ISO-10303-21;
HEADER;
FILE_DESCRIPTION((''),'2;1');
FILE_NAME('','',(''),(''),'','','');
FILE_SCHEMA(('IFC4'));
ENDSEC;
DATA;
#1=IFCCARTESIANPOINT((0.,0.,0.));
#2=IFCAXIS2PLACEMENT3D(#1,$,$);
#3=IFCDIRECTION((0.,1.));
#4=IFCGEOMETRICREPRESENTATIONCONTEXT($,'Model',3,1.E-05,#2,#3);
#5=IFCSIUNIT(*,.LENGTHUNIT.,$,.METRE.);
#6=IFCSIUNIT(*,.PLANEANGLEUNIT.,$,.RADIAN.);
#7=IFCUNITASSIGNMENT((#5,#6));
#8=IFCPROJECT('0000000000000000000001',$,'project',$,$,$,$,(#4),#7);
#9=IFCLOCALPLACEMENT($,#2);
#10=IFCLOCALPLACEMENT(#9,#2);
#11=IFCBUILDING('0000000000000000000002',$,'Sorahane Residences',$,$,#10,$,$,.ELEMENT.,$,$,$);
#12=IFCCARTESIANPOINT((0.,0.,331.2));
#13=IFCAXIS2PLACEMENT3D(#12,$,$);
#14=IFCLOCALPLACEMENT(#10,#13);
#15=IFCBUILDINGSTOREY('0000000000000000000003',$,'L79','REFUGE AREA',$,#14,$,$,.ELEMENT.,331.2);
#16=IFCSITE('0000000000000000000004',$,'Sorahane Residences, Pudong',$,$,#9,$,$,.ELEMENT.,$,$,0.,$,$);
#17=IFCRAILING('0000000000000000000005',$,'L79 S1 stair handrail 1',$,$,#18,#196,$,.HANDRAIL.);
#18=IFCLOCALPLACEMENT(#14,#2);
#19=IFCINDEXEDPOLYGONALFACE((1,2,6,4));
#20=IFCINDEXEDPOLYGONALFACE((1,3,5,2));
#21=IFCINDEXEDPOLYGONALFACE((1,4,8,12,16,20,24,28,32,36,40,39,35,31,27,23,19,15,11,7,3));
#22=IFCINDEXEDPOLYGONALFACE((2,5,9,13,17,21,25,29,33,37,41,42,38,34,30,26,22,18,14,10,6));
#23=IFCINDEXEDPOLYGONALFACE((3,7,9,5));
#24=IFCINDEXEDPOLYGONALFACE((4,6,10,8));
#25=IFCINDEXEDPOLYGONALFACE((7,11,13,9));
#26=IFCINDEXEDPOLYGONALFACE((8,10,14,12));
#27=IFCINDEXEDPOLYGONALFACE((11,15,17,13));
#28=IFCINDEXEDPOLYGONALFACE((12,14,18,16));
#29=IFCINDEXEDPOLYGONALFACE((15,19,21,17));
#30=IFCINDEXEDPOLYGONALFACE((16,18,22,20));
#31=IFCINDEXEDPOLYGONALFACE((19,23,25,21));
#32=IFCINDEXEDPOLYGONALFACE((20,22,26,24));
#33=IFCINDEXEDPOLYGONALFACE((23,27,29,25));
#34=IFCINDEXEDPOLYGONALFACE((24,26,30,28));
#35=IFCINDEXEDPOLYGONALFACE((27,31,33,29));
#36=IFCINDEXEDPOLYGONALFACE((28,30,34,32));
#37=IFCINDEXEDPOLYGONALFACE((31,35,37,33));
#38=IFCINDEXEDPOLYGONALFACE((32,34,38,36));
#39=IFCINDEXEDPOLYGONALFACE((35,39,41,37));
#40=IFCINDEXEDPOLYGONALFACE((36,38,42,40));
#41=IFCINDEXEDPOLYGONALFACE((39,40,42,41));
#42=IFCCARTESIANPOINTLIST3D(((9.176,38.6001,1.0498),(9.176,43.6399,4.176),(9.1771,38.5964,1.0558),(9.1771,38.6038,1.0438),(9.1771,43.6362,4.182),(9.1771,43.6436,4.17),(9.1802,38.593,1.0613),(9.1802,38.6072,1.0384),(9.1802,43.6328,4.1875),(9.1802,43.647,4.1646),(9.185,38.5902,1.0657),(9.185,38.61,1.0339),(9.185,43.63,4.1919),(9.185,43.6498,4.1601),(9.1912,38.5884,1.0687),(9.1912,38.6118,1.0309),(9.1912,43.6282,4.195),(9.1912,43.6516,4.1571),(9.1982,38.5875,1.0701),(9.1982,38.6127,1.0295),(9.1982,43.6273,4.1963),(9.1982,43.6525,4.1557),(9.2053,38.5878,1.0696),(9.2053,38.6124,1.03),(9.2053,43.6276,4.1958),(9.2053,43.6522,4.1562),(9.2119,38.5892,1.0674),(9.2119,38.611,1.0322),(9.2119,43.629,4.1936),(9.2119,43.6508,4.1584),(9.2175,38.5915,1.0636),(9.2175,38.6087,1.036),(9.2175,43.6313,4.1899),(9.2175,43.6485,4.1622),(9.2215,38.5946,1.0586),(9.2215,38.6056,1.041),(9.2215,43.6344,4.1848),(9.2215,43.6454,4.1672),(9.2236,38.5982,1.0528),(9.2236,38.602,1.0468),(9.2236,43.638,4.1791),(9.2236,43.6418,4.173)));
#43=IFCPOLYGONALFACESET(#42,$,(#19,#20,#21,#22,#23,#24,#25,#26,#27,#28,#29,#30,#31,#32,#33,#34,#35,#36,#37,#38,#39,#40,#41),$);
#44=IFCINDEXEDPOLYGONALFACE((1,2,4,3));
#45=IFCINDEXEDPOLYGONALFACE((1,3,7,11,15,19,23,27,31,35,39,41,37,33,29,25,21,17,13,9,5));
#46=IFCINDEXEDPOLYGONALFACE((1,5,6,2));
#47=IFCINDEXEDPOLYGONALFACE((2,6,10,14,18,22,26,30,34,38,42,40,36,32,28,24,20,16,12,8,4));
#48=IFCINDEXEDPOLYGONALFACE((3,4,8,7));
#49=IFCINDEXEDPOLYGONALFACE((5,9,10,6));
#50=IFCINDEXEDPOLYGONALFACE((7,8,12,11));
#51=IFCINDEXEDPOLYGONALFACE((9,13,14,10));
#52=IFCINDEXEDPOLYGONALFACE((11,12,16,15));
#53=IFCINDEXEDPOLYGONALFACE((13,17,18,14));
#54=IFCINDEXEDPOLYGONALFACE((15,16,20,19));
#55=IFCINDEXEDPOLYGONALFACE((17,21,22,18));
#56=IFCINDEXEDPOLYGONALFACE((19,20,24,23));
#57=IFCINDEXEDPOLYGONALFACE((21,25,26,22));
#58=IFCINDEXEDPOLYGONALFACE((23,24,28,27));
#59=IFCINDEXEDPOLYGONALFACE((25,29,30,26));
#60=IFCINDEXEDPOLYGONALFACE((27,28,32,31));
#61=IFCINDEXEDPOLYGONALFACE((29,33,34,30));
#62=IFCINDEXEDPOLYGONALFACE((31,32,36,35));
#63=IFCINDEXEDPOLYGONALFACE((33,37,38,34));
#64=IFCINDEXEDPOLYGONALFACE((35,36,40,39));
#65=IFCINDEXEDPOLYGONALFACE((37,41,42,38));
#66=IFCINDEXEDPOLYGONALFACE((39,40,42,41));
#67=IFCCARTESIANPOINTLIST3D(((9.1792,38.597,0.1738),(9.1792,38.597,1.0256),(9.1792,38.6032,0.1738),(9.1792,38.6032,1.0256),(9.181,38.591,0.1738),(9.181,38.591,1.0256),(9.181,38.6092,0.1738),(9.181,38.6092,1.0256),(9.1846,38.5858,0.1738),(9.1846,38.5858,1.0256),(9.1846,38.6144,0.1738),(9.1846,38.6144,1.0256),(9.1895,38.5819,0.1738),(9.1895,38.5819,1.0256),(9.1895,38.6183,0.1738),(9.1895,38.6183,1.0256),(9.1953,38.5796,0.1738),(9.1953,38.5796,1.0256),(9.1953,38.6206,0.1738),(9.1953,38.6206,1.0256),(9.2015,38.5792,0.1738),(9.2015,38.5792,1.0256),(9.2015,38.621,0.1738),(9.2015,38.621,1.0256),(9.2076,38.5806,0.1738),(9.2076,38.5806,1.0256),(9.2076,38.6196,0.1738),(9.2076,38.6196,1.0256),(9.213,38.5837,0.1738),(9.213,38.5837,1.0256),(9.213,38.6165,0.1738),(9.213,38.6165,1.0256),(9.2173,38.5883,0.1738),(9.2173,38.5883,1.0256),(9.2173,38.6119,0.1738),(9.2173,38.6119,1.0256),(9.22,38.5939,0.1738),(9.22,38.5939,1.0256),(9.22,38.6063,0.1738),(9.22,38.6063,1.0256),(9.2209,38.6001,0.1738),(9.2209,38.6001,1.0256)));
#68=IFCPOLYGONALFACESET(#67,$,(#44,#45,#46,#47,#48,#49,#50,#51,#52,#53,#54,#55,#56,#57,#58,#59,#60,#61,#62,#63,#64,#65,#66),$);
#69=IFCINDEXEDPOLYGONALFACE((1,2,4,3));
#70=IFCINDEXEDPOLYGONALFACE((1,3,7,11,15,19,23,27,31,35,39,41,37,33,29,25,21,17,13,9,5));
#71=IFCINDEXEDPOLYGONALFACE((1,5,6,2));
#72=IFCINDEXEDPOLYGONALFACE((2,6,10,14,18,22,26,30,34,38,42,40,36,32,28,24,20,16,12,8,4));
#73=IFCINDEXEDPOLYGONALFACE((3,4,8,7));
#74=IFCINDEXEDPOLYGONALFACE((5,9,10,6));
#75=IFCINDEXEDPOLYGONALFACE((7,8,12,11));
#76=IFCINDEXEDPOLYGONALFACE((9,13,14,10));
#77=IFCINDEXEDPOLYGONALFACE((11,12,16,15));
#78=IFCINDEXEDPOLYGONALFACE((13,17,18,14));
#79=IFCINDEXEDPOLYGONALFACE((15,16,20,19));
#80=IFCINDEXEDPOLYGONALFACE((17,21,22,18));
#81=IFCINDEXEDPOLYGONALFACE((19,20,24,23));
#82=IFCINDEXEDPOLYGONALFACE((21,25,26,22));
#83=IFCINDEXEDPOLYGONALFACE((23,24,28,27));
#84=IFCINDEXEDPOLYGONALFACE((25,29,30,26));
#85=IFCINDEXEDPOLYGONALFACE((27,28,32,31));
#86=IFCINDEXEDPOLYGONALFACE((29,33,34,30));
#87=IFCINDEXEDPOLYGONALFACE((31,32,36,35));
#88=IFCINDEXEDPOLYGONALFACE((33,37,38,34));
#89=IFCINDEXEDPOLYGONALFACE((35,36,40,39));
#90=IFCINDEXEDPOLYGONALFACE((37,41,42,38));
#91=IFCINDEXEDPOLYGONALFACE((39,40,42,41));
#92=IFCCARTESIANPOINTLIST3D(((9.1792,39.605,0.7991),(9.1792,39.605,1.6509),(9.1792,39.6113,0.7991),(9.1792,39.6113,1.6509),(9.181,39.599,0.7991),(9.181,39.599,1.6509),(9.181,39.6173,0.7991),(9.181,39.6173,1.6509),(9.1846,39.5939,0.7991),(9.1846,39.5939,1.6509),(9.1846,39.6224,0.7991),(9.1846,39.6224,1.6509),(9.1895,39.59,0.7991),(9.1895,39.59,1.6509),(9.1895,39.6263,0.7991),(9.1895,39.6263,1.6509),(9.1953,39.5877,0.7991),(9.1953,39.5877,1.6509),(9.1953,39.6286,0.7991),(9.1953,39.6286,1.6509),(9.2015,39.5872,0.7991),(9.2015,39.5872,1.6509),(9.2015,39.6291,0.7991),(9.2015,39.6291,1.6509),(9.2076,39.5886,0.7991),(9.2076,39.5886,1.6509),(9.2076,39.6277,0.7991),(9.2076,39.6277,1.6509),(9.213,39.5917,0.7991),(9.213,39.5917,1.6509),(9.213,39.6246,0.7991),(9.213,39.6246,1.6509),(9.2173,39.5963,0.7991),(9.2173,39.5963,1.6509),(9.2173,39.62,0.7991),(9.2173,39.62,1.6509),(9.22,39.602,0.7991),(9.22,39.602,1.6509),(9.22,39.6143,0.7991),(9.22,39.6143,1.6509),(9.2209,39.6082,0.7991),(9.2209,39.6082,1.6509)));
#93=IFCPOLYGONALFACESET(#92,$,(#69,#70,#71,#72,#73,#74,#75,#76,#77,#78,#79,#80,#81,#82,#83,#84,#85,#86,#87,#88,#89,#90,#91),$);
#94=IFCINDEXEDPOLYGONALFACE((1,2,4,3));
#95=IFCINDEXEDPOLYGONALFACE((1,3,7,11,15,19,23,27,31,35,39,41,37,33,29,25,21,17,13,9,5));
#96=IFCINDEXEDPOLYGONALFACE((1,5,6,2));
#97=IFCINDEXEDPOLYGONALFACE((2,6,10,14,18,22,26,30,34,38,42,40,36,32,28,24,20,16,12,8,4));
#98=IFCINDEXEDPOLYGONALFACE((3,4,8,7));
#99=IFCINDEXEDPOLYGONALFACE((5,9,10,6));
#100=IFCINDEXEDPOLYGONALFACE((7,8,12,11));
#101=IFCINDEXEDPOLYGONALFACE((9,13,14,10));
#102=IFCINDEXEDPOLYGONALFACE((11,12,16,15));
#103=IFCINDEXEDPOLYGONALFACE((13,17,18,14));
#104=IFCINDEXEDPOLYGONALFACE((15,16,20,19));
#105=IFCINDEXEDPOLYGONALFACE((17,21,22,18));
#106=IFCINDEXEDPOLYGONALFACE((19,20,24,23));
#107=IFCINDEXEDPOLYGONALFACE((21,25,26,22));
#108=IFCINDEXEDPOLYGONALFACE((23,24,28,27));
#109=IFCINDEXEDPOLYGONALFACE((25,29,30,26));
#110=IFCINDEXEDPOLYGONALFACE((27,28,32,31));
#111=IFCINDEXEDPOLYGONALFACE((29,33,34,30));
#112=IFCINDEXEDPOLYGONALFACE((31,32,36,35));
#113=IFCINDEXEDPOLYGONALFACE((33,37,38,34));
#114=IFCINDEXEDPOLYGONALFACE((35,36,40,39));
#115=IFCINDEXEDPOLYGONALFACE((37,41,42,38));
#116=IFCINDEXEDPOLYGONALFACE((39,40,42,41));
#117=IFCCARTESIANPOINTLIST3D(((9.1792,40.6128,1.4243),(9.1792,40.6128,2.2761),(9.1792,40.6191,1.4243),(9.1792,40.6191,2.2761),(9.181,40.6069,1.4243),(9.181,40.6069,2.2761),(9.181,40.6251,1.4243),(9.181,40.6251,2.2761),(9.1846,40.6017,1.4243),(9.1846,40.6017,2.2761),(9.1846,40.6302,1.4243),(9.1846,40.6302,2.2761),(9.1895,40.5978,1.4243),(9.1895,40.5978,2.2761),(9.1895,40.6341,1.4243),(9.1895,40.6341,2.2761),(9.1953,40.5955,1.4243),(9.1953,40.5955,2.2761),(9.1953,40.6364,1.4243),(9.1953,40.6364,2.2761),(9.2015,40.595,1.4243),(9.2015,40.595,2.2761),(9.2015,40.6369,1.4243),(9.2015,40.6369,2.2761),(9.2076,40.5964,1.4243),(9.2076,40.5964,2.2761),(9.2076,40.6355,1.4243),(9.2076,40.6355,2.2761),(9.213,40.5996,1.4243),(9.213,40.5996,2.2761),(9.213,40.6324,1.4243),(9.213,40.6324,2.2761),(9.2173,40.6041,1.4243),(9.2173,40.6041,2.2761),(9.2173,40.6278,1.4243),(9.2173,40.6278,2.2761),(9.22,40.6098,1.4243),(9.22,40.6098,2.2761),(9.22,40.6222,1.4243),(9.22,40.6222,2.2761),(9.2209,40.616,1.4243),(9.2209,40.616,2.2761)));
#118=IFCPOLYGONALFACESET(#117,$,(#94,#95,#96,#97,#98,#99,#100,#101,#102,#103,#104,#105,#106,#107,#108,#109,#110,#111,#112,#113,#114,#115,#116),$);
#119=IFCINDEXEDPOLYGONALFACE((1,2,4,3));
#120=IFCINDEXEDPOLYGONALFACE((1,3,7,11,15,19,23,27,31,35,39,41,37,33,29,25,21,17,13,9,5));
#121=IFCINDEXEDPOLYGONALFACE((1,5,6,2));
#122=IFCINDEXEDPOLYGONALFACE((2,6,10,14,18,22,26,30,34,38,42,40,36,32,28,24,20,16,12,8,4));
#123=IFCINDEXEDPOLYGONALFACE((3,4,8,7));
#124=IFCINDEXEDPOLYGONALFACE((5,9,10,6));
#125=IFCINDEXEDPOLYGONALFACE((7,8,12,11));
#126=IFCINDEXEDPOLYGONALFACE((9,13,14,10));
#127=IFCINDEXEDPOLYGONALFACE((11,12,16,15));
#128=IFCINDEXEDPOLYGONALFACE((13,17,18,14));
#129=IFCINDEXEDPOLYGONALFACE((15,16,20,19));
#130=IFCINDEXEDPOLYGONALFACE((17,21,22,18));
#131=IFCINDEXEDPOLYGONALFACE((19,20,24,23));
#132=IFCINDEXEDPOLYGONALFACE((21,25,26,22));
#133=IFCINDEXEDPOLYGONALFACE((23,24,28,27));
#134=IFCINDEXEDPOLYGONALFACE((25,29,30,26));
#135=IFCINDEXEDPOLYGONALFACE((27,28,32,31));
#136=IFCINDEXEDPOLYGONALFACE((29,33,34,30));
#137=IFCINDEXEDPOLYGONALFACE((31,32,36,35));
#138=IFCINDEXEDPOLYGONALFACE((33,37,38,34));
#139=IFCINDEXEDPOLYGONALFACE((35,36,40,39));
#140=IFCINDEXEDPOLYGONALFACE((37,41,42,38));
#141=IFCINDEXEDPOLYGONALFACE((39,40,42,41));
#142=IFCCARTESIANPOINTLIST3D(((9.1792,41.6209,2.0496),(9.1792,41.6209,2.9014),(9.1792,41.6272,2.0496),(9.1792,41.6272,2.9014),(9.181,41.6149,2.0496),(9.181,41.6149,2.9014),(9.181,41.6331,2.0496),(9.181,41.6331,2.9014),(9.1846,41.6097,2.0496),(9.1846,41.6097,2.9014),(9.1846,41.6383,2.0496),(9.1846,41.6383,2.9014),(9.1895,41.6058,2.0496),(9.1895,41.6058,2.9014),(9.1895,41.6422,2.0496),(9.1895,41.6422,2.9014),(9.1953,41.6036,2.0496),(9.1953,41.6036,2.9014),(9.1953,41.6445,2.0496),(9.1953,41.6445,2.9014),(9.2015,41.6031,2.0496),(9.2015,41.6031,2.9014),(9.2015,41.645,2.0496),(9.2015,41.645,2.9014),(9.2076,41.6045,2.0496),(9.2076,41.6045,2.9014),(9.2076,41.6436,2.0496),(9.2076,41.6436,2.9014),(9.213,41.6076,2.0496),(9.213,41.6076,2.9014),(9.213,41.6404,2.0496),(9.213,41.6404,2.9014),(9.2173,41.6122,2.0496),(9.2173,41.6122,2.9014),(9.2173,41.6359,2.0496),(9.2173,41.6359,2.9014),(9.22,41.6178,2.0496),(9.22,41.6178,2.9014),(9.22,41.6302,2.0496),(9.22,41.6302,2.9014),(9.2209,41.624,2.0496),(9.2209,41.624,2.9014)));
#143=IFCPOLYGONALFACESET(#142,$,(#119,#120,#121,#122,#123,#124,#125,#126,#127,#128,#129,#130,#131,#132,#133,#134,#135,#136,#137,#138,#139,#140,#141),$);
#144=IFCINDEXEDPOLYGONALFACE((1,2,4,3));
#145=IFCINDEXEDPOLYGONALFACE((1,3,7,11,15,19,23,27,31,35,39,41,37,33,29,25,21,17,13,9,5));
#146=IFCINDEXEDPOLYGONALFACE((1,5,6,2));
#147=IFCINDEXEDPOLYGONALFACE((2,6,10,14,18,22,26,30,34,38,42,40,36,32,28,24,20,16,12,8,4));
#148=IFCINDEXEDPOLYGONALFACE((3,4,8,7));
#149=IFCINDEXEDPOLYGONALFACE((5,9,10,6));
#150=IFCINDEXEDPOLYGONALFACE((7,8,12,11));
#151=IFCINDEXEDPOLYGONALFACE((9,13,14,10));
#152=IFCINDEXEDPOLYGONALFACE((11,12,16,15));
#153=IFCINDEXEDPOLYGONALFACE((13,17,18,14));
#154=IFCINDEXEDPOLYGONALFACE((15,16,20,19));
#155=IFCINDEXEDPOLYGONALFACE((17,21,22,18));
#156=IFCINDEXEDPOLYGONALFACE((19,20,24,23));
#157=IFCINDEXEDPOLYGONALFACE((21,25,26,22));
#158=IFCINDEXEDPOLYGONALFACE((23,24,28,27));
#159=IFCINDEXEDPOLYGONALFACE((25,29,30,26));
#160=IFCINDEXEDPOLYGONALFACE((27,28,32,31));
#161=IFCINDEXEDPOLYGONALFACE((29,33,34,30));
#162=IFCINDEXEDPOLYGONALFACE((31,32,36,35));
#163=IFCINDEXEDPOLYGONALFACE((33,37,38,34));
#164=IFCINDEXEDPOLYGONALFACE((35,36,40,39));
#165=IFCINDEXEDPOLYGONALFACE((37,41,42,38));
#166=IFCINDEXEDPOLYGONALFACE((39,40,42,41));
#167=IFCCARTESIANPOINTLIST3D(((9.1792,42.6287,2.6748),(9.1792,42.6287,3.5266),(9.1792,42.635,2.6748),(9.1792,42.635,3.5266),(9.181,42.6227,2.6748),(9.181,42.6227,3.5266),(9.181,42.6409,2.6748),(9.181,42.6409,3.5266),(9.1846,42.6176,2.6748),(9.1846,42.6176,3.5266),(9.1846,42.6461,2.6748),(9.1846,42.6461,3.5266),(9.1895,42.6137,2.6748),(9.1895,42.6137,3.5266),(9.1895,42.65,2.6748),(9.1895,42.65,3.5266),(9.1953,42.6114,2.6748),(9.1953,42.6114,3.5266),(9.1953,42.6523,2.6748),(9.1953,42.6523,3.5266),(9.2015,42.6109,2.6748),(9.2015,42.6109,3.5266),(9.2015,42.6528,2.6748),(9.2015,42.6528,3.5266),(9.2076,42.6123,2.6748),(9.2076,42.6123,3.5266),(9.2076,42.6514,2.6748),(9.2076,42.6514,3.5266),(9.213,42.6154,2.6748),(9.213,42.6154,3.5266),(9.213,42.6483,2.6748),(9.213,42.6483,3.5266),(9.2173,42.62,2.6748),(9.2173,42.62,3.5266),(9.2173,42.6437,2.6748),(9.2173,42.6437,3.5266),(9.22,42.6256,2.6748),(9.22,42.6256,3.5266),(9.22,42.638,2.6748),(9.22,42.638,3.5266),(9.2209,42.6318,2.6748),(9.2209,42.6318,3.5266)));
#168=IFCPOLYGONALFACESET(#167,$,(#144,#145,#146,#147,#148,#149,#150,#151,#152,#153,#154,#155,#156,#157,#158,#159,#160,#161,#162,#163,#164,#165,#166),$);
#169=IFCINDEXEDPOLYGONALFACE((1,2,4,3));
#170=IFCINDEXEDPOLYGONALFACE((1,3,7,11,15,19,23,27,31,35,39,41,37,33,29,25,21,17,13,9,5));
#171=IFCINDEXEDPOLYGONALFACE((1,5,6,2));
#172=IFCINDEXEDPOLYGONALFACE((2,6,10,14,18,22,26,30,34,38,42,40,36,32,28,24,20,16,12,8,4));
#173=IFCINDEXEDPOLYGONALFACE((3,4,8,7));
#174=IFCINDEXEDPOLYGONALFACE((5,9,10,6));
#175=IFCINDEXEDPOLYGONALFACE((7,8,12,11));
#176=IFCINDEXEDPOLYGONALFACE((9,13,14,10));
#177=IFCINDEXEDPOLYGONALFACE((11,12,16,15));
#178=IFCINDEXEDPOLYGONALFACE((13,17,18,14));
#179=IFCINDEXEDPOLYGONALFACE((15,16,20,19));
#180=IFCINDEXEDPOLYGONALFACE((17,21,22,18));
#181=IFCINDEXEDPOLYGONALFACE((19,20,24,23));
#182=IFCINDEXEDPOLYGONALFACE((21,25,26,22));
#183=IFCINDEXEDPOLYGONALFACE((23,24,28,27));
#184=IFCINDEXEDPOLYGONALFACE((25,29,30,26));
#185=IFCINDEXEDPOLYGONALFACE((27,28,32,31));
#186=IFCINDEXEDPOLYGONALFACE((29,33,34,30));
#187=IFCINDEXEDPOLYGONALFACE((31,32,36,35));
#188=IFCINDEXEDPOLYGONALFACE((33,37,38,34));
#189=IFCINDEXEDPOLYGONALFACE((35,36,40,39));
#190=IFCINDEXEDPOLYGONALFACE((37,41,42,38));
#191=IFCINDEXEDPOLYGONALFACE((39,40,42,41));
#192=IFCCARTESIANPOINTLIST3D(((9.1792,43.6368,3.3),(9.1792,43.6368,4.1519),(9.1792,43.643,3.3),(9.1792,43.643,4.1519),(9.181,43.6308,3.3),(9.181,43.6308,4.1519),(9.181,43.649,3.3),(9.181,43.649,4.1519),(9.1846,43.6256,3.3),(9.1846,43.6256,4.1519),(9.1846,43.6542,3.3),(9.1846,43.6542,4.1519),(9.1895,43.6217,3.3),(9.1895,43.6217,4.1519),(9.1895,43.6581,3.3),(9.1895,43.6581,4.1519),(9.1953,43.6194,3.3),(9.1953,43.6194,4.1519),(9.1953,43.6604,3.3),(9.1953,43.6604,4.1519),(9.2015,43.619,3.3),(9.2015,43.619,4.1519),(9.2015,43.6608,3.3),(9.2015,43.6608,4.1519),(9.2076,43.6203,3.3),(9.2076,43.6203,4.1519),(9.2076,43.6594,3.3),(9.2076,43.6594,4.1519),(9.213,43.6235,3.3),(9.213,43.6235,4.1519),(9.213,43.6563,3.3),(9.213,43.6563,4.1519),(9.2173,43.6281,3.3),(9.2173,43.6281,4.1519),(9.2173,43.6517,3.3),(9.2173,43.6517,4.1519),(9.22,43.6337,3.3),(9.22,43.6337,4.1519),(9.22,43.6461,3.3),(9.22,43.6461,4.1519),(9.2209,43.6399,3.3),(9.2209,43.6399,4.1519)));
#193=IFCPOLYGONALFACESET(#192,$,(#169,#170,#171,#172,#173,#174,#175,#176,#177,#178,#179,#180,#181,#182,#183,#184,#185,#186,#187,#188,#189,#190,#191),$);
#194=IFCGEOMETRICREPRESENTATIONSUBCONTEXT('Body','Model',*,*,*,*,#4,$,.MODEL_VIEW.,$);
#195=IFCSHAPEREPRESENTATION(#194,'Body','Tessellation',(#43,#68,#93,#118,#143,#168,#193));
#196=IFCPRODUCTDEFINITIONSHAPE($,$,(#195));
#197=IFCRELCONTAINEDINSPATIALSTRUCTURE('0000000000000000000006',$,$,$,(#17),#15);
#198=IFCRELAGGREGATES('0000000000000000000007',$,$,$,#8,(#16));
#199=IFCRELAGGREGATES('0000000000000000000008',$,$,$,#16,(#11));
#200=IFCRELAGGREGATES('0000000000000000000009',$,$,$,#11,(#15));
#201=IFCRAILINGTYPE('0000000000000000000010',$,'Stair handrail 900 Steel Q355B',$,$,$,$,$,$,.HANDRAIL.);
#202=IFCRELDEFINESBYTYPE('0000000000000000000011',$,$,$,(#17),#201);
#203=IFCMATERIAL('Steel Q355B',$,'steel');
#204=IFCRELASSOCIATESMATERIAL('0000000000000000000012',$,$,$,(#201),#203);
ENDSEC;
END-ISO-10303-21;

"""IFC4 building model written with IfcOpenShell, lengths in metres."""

from ifc_helpers import new_model, si_unit, direction, frame, origin, origin_2d, place, context, subcontext, project, spatial, circle, extrude, material, type_object, element, save


model = new_model("IFC4")

# Units and contexts
model_context = context("Model", 3, precision=1e-05, world=origin(), true_north=direction((0.0, 1.0)))
body_context = subcontext(model_context, "Body", "Model", "MODEL_VIEW")
ifc_project = project(units=[si_unit("LENGTHUNIT", "METRE"), si_unit("PLANEANGLEUNIT", "RADIAN")], contexts=[model_context])

# Site, building, storey
site_placement = place(None, origin())
site = spatial("IfcSite", under=ifc_project, at=site_placement, Name="Sorahane Residences, Pudong", CompositionType="ELEMENT", RefElevation=0.0)
building_placement = place(site_placement, origin())
building = spatial("IfcBuilding", under=site, at=building_placement, Name="Sorahane Residences", CompositionType="ELEMENT")
storey_placement = place(building_placement, frame((0.0, 0.0, 331.2)))
storey = spatial("IfcBuildingStorey", under=building, at=storey_placement, Name="L79", Description="REFUGE AREA", CompositionType="ELEMENT", Elevation=331.2)

# Railing
ifc_material_1 = material(Name="Steel Q355B", Category="steel")
railing_type_1 = type_object("IfcRailingType", Name="Stair handrail 900 Steel Q355B", PredefinedType="HANDRAIL", material=ifc_material_1)
railing_1_placement = place(storey_placement, frame((9.2, 38.6001, 0.1738)))
element("IfcRailing", 1, at=railing_1_placement, inside=storey, type_object=railing_type_1, Name="L79 S1 stair handrail 1", PredefinedType="HANDRAIL", context=body_context, shape_type="SweptSolid", body=[
    extrude(circle(Radius=0.0239, at=origin_2d()), frame((0.0, 0.0, 0.876), z_axis=(0.0, 0.849786, 0.527128), x_axis=(-1.0, 0.0, 0.0)), (0.0, 0.0, 1.0), 5.9307),
    extrude(circle(Radius=0.021, at=origin_2d()), origin(), (0.0, 0.0, 1.0), 0.8518),
    extrude(circle(Radius=0.021, at=origin_2d()), frame((0.0, 1.0081, 0.6252)), (0.0, 0.0, 1.0), 0.8518),
    extrude(circle(Radius=0.021, at=origin_2d()), frame((0.0, 2.0159, 1.2505)), (0.0, 0.0, 1.0), 0.8518),
    extrude(circle(Radius=0.021, at=origin_2d()), frame((0.0, 3.0239, 1.8757)), (0.0, 0.0, 1.0), 0.8518),
    extrude(circle(Radius=0.021, at=origin_2d()), frame((0.0, 4.0317, 2.501)), (0.0, 0.0, 1.0), 0.8518),
    extrude(circle(Radius=0.021, at=origin_2d()), frame((0.0, 5.0398, 3.1262)), (0.0, 0.0, 1.0), 0.8518),
])

save(model, "model.ifc")
